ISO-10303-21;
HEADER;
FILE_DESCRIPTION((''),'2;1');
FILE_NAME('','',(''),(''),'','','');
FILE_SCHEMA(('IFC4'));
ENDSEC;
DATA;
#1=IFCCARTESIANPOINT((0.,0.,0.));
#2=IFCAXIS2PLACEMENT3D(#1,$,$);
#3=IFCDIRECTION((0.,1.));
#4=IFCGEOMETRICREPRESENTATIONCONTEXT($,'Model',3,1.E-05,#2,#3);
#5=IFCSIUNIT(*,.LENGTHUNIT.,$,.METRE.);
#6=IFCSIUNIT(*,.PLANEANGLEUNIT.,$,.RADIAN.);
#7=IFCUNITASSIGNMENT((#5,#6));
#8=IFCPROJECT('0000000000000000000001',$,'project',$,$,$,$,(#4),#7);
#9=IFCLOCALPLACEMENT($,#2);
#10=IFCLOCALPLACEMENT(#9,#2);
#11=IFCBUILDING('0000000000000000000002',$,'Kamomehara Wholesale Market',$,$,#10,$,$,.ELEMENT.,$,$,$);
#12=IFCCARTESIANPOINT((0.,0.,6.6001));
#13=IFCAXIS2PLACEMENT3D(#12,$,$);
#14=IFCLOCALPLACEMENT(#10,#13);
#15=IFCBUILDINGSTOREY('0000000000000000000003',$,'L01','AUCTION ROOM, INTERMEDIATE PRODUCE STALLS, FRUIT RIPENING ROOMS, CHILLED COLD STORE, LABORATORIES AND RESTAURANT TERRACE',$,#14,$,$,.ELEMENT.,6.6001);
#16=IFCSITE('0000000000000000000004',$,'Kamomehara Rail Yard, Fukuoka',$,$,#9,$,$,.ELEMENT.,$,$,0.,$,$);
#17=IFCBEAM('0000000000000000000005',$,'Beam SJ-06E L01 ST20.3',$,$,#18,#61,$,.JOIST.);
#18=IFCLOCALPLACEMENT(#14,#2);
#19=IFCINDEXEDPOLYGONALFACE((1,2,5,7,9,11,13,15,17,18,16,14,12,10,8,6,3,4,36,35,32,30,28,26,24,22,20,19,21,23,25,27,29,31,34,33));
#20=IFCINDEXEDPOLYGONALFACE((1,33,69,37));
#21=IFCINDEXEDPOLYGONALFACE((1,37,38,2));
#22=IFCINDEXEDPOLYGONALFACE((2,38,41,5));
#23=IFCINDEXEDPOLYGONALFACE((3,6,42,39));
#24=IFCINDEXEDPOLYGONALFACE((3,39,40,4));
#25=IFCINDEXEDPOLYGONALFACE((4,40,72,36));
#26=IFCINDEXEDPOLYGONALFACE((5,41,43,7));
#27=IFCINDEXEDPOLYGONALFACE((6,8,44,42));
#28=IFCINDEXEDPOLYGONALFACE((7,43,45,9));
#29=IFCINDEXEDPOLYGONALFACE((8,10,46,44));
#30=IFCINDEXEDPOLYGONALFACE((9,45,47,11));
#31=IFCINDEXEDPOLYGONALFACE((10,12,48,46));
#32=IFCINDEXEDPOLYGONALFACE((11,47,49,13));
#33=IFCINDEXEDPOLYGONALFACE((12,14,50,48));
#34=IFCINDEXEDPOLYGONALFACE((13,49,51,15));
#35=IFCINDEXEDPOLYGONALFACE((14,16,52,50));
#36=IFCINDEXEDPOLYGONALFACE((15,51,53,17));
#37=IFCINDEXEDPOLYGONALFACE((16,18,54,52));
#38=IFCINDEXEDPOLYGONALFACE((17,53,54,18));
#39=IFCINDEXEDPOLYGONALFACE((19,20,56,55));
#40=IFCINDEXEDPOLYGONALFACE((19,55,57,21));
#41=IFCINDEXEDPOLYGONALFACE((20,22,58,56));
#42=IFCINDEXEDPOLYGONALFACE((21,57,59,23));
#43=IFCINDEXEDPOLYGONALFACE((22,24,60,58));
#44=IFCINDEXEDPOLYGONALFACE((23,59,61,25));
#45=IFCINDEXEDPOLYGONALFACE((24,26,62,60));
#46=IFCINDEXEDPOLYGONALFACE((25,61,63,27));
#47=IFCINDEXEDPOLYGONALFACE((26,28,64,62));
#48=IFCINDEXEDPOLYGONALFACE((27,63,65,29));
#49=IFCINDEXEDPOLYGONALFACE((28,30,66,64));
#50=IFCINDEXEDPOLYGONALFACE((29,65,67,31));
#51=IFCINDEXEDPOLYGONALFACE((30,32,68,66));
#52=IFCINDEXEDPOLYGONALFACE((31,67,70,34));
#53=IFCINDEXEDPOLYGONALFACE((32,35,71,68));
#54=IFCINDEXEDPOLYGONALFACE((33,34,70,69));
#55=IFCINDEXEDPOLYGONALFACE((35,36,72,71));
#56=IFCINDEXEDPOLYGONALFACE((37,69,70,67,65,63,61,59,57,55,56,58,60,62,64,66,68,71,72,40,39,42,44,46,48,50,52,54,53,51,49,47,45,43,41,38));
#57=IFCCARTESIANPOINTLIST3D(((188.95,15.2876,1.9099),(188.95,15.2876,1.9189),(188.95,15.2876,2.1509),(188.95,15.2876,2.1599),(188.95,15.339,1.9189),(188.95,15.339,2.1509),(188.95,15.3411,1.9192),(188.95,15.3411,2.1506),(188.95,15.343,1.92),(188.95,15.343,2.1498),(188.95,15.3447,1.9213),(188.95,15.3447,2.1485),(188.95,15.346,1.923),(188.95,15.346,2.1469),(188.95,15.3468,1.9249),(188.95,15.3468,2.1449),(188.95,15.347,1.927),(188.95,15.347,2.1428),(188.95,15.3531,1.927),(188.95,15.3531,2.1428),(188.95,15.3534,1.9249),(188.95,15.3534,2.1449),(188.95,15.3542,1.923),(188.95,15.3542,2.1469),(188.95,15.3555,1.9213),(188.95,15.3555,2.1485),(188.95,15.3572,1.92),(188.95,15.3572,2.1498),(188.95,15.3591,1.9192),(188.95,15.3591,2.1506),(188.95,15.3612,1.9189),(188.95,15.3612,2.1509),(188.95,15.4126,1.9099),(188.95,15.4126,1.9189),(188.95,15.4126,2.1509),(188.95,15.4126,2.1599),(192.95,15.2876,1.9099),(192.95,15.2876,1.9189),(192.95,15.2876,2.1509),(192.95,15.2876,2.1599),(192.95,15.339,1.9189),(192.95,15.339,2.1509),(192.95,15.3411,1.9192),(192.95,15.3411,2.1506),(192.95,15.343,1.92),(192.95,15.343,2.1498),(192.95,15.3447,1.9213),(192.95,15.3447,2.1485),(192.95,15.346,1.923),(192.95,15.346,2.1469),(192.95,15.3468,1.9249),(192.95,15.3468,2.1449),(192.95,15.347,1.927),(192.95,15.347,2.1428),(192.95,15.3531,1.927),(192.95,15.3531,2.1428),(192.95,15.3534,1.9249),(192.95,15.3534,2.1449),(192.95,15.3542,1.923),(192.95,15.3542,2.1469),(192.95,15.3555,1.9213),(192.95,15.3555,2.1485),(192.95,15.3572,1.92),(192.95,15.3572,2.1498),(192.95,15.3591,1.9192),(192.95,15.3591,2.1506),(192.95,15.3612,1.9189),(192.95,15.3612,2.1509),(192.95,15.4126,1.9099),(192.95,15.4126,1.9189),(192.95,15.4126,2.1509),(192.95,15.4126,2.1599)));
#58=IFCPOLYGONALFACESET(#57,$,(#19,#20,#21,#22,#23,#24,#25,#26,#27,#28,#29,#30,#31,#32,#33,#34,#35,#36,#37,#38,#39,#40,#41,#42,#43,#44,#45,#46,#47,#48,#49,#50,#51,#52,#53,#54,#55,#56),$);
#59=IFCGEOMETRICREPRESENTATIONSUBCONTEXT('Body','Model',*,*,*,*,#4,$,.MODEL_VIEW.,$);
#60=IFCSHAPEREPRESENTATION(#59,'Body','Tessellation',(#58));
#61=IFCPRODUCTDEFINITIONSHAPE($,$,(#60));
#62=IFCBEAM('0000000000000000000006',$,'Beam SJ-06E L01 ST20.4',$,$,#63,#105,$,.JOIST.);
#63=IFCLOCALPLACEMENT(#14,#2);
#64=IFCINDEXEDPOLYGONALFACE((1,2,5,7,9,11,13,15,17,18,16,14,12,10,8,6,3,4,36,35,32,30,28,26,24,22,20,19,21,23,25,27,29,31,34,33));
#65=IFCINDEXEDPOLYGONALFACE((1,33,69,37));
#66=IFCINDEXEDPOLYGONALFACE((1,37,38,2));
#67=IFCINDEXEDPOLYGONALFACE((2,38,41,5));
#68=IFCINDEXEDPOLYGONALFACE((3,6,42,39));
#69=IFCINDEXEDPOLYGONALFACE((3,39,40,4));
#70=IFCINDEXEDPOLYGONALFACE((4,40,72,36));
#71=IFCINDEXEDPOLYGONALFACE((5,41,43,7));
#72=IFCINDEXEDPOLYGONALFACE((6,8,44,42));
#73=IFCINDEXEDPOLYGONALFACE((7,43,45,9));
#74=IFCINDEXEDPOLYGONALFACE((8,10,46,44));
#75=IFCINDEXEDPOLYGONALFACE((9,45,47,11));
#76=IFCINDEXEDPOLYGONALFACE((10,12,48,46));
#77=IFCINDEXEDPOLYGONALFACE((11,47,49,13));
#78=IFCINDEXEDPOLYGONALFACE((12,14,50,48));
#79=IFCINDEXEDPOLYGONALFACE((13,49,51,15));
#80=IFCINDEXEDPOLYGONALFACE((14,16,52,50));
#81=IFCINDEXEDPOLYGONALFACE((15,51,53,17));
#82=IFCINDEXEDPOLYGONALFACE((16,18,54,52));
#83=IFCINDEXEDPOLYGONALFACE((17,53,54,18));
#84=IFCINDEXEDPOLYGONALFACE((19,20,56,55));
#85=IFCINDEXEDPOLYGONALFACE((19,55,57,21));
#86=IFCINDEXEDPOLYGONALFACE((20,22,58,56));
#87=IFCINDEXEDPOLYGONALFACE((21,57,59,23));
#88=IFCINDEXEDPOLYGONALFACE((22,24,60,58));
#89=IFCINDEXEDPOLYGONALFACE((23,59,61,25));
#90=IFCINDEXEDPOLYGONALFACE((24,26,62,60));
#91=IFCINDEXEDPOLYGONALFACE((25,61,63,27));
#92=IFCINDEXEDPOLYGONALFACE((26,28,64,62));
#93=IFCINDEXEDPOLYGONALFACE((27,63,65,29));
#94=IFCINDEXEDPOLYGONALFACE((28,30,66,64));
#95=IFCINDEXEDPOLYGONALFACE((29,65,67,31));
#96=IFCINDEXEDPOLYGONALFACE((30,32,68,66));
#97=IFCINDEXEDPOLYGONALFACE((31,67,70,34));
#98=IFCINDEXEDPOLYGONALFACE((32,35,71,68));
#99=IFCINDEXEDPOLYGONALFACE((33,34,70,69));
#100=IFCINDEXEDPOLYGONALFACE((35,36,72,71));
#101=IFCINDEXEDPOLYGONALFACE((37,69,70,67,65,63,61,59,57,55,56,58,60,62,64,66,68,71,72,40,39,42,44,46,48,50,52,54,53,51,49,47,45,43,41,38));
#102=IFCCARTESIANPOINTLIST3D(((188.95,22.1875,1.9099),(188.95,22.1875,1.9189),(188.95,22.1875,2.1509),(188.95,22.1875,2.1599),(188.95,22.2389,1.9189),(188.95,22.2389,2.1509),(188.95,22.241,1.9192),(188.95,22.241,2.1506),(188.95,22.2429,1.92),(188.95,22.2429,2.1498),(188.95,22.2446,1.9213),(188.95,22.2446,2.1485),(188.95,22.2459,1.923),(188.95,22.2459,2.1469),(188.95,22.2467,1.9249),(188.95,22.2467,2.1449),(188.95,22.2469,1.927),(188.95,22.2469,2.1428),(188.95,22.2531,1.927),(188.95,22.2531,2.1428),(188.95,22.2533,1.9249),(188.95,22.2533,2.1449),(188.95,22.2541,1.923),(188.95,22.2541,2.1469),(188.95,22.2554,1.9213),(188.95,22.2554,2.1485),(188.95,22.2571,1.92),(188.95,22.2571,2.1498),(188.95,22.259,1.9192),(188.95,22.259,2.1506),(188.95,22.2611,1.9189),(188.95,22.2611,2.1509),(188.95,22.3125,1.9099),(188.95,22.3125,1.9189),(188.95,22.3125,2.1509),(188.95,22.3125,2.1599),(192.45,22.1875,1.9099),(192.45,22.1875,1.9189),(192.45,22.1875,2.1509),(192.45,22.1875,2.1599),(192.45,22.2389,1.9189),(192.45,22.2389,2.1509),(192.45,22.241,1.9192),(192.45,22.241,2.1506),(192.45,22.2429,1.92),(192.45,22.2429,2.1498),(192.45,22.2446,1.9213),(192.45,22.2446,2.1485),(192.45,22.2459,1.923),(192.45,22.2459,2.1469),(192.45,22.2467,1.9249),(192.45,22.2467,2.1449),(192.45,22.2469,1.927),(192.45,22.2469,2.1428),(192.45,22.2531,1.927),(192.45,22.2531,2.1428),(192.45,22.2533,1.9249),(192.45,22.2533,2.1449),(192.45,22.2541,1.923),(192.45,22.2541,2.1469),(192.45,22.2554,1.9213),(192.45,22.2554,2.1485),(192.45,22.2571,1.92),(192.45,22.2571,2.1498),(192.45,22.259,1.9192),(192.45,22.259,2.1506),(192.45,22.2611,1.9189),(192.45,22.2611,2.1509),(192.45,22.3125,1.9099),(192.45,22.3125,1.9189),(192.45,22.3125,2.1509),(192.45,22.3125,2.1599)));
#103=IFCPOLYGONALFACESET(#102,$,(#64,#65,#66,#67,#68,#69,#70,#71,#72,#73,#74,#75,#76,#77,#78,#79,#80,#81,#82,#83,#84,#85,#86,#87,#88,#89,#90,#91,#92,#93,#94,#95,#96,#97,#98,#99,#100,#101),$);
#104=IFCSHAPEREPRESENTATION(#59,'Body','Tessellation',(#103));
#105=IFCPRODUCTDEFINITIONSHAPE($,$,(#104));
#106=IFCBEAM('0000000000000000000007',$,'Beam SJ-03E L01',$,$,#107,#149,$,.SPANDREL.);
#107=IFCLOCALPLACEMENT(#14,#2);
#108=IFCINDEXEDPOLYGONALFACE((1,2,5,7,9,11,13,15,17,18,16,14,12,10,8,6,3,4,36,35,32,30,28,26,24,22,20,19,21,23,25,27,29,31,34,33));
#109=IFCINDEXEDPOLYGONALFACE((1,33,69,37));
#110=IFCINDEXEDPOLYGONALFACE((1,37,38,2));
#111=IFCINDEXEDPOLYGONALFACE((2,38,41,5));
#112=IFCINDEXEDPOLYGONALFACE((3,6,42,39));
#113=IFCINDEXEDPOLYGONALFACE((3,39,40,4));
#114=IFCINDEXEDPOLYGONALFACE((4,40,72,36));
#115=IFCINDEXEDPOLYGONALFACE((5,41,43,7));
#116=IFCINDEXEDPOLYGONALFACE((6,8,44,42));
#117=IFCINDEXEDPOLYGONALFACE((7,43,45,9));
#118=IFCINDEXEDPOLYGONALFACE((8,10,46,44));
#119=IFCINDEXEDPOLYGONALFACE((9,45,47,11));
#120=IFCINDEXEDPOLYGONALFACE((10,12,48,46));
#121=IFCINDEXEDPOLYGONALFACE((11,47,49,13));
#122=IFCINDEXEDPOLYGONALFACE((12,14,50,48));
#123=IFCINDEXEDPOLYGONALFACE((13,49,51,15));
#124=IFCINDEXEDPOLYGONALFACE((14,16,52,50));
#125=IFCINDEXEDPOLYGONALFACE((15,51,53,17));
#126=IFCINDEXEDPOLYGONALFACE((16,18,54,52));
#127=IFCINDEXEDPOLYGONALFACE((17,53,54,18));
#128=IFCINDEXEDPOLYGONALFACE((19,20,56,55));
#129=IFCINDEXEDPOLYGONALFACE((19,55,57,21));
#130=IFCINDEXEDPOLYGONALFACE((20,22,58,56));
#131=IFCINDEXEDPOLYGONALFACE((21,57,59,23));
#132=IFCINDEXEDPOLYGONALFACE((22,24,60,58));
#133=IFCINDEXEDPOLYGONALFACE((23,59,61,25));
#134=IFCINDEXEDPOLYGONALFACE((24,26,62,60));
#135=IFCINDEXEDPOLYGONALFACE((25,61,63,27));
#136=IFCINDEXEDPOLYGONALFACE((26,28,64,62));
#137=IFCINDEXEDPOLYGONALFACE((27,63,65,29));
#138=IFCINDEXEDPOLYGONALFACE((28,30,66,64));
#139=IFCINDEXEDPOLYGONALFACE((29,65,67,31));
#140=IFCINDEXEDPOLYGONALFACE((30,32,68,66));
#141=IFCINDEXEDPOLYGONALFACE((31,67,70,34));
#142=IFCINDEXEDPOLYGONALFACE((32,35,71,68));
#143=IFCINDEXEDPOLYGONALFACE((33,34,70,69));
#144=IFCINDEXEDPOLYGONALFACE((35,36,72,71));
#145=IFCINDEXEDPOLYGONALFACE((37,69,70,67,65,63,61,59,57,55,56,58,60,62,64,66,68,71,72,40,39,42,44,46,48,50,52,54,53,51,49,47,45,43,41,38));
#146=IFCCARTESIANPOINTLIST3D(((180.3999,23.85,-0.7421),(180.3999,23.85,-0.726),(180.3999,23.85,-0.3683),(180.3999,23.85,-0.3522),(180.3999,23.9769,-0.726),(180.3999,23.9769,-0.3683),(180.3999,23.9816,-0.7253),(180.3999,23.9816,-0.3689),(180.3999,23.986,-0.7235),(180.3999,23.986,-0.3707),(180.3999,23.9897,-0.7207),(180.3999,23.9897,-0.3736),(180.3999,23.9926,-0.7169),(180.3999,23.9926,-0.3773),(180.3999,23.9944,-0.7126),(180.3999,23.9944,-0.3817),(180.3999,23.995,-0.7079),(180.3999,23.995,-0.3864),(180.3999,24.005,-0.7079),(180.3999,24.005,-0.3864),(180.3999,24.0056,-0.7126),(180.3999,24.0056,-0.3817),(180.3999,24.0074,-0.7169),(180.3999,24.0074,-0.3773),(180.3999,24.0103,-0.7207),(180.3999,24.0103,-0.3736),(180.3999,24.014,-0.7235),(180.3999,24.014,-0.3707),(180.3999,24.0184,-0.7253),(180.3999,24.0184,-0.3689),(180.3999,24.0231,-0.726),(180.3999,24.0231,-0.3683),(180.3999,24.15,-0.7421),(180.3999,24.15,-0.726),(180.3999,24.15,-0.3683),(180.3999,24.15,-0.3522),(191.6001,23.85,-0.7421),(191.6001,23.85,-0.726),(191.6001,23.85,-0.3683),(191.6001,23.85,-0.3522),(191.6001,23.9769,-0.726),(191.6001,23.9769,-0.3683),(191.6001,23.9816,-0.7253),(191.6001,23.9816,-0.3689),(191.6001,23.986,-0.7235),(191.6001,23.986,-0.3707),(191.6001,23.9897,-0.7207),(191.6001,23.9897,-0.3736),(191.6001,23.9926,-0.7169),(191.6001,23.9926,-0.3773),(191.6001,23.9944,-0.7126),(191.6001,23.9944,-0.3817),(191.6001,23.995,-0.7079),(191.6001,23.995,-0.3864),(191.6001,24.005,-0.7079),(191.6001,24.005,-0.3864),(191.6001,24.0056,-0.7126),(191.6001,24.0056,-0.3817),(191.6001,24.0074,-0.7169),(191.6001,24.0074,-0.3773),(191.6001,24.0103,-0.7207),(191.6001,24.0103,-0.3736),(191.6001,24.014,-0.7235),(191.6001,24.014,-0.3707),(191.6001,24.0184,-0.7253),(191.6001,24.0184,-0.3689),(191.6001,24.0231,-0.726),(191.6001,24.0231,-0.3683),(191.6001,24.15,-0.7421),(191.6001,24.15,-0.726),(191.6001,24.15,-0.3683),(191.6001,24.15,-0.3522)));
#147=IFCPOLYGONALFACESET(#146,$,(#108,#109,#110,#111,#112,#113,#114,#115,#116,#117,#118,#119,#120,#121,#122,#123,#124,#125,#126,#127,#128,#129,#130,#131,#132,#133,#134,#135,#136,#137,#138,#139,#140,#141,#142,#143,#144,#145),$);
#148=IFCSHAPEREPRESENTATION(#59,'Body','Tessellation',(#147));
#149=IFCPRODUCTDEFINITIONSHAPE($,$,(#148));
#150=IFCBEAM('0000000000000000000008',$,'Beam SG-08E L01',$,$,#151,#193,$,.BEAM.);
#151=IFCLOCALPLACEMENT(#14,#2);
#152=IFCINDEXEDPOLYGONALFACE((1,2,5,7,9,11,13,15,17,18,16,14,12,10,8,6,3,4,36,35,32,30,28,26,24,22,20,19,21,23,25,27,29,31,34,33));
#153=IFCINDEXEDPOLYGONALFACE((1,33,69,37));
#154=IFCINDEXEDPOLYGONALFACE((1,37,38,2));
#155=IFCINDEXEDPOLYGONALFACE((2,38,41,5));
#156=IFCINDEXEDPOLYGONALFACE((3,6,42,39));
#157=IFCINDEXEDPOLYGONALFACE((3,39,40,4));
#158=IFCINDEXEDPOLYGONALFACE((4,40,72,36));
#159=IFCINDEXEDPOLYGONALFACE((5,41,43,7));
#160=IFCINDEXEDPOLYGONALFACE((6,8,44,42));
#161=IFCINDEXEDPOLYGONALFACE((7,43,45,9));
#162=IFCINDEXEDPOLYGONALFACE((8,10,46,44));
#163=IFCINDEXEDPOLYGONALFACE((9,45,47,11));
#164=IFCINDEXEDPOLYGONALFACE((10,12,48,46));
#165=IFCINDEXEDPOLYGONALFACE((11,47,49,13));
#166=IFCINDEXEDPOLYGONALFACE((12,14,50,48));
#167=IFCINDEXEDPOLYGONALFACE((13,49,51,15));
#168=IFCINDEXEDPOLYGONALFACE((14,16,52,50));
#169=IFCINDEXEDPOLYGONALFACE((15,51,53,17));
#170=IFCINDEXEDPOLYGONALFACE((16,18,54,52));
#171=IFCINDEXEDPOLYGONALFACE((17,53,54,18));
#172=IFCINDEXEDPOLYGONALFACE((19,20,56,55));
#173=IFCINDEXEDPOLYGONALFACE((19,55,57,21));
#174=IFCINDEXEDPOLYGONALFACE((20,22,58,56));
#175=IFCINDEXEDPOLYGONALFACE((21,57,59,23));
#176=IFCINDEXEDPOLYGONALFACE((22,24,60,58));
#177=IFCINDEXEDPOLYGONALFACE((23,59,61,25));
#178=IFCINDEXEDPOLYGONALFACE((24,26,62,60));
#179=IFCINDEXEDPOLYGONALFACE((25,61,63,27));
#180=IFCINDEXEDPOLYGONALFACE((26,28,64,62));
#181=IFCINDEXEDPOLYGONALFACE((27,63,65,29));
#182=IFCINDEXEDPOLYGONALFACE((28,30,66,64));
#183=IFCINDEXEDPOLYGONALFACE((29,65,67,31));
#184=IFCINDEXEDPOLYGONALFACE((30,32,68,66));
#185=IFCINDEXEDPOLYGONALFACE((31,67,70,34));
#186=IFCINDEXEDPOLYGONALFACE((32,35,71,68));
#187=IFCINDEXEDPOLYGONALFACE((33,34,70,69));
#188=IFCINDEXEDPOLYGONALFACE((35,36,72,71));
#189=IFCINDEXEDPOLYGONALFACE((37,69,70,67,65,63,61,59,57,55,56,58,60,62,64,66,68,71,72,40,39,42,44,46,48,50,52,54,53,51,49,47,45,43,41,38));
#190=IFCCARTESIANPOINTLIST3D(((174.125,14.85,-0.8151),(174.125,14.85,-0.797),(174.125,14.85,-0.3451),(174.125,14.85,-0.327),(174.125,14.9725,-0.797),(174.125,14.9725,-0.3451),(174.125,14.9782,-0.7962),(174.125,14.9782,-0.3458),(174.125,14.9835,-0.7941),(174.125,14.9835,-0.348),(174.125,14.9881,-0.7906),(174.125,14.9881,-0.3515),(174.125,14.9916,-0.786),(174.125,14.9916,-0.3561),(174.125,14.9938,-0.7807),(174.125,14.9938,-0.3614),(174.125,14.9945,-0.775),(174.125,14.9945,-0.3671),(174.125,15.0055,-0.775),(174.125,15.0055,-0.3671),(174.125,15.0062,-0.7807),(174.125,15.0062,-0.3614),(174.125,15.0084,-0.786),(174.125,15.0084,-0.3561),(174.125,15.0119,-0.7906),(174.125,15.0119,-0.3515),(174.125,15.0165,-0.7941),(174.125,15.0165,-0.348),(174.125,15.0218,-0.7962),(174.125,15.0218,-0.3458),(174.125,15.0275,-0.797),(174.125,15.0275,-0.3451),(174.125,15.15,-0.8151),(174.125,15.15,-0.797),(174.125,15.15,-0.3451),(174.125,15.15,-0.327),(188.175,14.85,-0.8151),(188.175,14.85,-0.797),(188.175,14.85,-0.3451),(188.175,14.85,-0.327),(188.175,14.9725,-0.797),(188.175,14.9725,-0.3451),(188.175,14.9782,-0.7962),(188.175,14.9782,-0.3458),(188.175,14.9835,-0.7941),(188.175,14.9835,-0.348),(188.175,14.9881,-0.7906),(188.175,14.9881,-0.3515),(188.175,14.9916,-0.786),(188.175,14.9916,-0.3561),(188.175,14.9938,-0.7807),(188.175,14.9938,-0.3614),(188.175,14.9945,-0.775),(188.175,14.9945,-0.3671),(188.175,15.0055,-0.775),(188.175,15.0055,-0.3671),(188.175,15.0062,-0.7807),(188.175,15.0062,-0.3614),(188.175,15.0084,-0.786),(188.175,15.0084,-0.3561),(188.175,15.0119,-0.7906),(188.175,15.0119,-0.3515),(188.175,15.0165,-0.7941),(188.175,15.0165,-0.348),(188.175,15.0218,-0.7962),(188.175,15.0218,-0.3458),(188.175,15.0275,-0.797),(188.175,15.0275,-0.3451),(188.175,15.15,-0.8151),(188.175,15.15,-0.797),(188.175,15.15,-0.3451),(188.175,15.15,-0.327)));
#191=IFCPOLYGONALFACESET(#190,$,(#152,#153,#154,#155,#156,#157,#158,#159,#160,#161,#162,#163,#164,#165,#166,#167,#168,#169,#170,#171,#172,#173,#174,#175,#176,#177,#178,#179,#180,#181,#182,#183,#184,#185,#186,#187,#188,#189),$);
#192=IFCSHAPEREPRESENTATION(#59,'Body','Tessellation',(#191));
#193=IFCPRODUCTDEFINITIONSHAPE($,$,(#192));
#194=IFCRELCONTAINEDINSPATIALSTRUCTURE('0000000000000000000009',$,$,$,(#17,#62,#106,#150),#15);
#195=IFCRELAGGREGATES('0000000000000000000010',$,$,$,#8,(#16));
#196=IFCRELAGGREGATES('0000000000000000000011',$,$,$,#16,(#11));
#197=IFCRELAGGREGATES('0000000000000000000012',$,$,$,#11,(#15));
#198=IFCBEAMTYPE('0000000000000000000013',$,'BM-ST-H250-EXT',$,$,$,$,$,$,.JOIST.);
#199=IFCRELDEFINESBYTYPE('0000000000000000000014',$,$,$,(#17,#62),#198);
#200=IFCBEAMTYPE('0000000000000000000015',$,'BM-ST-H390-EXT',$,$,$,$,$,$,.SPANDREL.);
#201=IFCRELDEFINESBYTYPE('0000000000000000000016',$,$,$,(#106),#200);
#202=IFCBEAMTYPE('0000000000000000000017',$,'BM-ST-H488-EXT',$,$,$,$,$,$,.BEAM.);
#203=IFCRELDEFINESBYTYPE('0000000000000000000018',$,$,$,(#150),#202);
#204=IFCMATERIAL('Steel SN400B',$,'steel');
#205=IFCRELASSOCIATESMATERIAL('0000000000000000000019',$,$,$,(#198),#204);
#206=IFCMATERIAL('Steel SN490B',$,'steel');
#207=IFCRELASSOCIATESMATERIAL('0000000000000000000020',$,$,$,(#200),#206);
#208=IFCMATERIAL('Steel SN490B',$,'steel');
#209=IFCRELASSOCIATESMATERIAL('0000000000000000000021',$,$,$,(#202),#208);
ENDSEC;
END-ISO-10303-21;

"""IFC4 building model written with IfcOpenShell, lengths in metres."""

from ifc_helpers import new_model, si_unit, direction, frame, origin, origin_2d, place, context, subcontext, project, spatial, i_section, extrude, material, material_profile, profile_set, type_object, element, save


model = new_model("IFC4")

# Units and contexts
model_context = context("Model", 3, precision=1e-05, world=origin(), true_north=direction((0.0, 1.0)))
body_context = subcontext(model_context, "Body", "Model", "MODEL_VIEW")
ifc_project = project(units=[si_unit("LENGTHUNIT", "METRE"), si_unit("PLANEANGLEUNIT", "RADIAN")], contexts=[model_context])

# Site, building, storey
site_placement = place(None, origin())
site = spatial("IfcSite", under=ifc_project, at=site_placement, Name="Kamomehara Rail Yard, Fukuoka", CompositionType="ELEMENT", RefElevation=0.0)
building_placement = place(site_placement, origin())
building = spatial("IfcBuilding", under=site, at=building_placement, Name="Kamomehara Wholesale Market", CompositionType="ELEMENT")
storey_placement = place(building_placement, frame((0.0, 0.0, 6.6001)))
storey = spatial("IfcBuildingStorey", under=building, at=storey_placement, Name="L01", Description="AUCTION ROOM, INTERMEDIATE PRODUCE STALLS, FRUIT RIPENING ROOMS, CHILLED COLD STORE, LABORATORIES AND RESTAURANT TERRACE", CompositionType="ELEMENT", Elevation=6.6001)

# Beams
ifc_material_1 = material(Name="Steel SN400B", Category="steel")
ifc_material_profile_1 = material_profile(ifc_material_1, i_section(OverallWidth=0.125, OverallDepth=0.25, WebThickness=0.0061, FlangeThickness=0.009, FilletRadius=0.0081, at=origin_2d()), Name="H-250x125x6x9")
ifc_profile_set_1 = profile_set([ifc_material_profile_1], Name="Steel SN400B")
beam_type_1 = type_object("IfcBeamType", Name="BM-ST-H250-EXT", PredefinedType="JOIST", material=ifc_profile_set_1)
beam_1_placement = place(storey_placement, frame((188.95, 15.3501, 2.0349), z_axis=(1.0, 0.0, 0.0), x_axis=(0.0, 1.0, 0.0)))
element("IfcBeam", 1, at=beam_1_placement, inside=storey, type_object=beam_type_1, Name="Beam SJ-06E L01 ST20.3", PredefinedType="JOIST", context=body_context, shape_type="SweptSolid", body=[
    extrude(i_section(OverallWidth=0.125, OverallDepth=0.25, WebThickness=0.0061, FlangeThickness=0.009, FilletRadius=0.0081, at=origin_2d()), origin(), (0.0, 0.0, 1.0), 4.0),
])
beam_2_placement = place(storey_placement, frame((188.95, 22.25, 2.0349), z_axis=(1.0, 0.0, 0.0), x_axis=(0.0, 1.0, 0.0)))
element("IfcBeam", 2, at=beam_2_placement, inside=storey, type_object=beam_type_1, Name="Beam SJ-06E L01 ST20.4", PredefinedType="JOIST", context=body_context, shape_type="SweptSolid", body=[
    extrude(i_section(OverallWidth=0.125, OverallDepth=0.25, WebThickness=0.0061, FlangeThickness=0.009, FilletRadius=0.0081, at=origin_2d()), origin(), (0.0, 0.0, 1.0), 3.5),
])
ifc_material_2 = material(Name="Steel SN490B", Category="steel")
ifc_material_profile_2 = material_profile(ifc_material_2, i_section(OverallWidth=0.3, OverallDepth=0.3899, WebThickness=0.01, FlangeThickness=0.0161, FilletRadius=0.0181, at=origin_2d()), Name="H-390x300x10x16")
ifc_profile_set_2 = profile_set([ifc_material_profile_2], Name="Steel SN490B")
beam_type_2 = type_object("IfcBeamType", Name="BM-ST-H390-EXT", PredefinedType="SPANDREL", material=ifc_profile_set_2)
beam_3_placement = place(storey_placement, frame((180.3999, 24.0, -0.5471), z_axis=(1.0, 0.0, 0.0), x_axis=(0.0, 1.0, 0.0)))
element("IfcBeam", 3, at=beam_3_placement, inside=storey, type_object=beam_type_2, Name="Beam SJ-03E L01", PredefinedType="SPANDREL", context=body_context, shape_type="SweptSolid", body=[
    extrude(i_section(OverallWidth=0.3, OverallDepth=0.3899, WebThickness=0.01, FlangeThickness=0.0161, FilletRadius=0.0181, at=origin_2d()), origin(), (0.0, 0.0, 1.0), 11.2002),
])
ifc_material_3 = material(Name="Steel SN490B", Category="steel")
ifc_material_profile_3 = material_profile(ifc_material_3, i_section(OverallWidth=0.3, OverallDepth=0.488, WebThickness=0.011, FlangeThickness=0.0181, FilletRadius=0.022, at=origin_2d()), Name="H-488x300x11x18")
ifc_profile_set_3 = profile_set([ifc_material_profile_3], Name="Steel SN490B")
beam_type_3 = type_object("IfcBeamType", Name="BM-ST-H488-EXT", PredefinedType="BEAM", material=ifc_profile_set_3)
beam_4_placement = place(storey_placement, frame((174.125, 15.0, -0.571), z_axis=(1.0, 0.0, 0.0), x_axis=(0.0, 1.0, 0.0)))
element("IfcBeam", 4, at=beam_4_placement, inside=storey, type_object=beam_type_3, Name="Beam SG-08E L01", PredefinedType="BEAM", context=body_context, shape_type="SweptSolid", body=[
    extrude(i_section(OverallWidth=0.3, OverallDepth=0.488, WebThickness=0.011, FlangeThickness=0.0181, FilletRadius=0.022, at=origin_2d()), origin(), (0.0, 0.0, 1.0), 14.05),
])

save(model, "model.ifc")
